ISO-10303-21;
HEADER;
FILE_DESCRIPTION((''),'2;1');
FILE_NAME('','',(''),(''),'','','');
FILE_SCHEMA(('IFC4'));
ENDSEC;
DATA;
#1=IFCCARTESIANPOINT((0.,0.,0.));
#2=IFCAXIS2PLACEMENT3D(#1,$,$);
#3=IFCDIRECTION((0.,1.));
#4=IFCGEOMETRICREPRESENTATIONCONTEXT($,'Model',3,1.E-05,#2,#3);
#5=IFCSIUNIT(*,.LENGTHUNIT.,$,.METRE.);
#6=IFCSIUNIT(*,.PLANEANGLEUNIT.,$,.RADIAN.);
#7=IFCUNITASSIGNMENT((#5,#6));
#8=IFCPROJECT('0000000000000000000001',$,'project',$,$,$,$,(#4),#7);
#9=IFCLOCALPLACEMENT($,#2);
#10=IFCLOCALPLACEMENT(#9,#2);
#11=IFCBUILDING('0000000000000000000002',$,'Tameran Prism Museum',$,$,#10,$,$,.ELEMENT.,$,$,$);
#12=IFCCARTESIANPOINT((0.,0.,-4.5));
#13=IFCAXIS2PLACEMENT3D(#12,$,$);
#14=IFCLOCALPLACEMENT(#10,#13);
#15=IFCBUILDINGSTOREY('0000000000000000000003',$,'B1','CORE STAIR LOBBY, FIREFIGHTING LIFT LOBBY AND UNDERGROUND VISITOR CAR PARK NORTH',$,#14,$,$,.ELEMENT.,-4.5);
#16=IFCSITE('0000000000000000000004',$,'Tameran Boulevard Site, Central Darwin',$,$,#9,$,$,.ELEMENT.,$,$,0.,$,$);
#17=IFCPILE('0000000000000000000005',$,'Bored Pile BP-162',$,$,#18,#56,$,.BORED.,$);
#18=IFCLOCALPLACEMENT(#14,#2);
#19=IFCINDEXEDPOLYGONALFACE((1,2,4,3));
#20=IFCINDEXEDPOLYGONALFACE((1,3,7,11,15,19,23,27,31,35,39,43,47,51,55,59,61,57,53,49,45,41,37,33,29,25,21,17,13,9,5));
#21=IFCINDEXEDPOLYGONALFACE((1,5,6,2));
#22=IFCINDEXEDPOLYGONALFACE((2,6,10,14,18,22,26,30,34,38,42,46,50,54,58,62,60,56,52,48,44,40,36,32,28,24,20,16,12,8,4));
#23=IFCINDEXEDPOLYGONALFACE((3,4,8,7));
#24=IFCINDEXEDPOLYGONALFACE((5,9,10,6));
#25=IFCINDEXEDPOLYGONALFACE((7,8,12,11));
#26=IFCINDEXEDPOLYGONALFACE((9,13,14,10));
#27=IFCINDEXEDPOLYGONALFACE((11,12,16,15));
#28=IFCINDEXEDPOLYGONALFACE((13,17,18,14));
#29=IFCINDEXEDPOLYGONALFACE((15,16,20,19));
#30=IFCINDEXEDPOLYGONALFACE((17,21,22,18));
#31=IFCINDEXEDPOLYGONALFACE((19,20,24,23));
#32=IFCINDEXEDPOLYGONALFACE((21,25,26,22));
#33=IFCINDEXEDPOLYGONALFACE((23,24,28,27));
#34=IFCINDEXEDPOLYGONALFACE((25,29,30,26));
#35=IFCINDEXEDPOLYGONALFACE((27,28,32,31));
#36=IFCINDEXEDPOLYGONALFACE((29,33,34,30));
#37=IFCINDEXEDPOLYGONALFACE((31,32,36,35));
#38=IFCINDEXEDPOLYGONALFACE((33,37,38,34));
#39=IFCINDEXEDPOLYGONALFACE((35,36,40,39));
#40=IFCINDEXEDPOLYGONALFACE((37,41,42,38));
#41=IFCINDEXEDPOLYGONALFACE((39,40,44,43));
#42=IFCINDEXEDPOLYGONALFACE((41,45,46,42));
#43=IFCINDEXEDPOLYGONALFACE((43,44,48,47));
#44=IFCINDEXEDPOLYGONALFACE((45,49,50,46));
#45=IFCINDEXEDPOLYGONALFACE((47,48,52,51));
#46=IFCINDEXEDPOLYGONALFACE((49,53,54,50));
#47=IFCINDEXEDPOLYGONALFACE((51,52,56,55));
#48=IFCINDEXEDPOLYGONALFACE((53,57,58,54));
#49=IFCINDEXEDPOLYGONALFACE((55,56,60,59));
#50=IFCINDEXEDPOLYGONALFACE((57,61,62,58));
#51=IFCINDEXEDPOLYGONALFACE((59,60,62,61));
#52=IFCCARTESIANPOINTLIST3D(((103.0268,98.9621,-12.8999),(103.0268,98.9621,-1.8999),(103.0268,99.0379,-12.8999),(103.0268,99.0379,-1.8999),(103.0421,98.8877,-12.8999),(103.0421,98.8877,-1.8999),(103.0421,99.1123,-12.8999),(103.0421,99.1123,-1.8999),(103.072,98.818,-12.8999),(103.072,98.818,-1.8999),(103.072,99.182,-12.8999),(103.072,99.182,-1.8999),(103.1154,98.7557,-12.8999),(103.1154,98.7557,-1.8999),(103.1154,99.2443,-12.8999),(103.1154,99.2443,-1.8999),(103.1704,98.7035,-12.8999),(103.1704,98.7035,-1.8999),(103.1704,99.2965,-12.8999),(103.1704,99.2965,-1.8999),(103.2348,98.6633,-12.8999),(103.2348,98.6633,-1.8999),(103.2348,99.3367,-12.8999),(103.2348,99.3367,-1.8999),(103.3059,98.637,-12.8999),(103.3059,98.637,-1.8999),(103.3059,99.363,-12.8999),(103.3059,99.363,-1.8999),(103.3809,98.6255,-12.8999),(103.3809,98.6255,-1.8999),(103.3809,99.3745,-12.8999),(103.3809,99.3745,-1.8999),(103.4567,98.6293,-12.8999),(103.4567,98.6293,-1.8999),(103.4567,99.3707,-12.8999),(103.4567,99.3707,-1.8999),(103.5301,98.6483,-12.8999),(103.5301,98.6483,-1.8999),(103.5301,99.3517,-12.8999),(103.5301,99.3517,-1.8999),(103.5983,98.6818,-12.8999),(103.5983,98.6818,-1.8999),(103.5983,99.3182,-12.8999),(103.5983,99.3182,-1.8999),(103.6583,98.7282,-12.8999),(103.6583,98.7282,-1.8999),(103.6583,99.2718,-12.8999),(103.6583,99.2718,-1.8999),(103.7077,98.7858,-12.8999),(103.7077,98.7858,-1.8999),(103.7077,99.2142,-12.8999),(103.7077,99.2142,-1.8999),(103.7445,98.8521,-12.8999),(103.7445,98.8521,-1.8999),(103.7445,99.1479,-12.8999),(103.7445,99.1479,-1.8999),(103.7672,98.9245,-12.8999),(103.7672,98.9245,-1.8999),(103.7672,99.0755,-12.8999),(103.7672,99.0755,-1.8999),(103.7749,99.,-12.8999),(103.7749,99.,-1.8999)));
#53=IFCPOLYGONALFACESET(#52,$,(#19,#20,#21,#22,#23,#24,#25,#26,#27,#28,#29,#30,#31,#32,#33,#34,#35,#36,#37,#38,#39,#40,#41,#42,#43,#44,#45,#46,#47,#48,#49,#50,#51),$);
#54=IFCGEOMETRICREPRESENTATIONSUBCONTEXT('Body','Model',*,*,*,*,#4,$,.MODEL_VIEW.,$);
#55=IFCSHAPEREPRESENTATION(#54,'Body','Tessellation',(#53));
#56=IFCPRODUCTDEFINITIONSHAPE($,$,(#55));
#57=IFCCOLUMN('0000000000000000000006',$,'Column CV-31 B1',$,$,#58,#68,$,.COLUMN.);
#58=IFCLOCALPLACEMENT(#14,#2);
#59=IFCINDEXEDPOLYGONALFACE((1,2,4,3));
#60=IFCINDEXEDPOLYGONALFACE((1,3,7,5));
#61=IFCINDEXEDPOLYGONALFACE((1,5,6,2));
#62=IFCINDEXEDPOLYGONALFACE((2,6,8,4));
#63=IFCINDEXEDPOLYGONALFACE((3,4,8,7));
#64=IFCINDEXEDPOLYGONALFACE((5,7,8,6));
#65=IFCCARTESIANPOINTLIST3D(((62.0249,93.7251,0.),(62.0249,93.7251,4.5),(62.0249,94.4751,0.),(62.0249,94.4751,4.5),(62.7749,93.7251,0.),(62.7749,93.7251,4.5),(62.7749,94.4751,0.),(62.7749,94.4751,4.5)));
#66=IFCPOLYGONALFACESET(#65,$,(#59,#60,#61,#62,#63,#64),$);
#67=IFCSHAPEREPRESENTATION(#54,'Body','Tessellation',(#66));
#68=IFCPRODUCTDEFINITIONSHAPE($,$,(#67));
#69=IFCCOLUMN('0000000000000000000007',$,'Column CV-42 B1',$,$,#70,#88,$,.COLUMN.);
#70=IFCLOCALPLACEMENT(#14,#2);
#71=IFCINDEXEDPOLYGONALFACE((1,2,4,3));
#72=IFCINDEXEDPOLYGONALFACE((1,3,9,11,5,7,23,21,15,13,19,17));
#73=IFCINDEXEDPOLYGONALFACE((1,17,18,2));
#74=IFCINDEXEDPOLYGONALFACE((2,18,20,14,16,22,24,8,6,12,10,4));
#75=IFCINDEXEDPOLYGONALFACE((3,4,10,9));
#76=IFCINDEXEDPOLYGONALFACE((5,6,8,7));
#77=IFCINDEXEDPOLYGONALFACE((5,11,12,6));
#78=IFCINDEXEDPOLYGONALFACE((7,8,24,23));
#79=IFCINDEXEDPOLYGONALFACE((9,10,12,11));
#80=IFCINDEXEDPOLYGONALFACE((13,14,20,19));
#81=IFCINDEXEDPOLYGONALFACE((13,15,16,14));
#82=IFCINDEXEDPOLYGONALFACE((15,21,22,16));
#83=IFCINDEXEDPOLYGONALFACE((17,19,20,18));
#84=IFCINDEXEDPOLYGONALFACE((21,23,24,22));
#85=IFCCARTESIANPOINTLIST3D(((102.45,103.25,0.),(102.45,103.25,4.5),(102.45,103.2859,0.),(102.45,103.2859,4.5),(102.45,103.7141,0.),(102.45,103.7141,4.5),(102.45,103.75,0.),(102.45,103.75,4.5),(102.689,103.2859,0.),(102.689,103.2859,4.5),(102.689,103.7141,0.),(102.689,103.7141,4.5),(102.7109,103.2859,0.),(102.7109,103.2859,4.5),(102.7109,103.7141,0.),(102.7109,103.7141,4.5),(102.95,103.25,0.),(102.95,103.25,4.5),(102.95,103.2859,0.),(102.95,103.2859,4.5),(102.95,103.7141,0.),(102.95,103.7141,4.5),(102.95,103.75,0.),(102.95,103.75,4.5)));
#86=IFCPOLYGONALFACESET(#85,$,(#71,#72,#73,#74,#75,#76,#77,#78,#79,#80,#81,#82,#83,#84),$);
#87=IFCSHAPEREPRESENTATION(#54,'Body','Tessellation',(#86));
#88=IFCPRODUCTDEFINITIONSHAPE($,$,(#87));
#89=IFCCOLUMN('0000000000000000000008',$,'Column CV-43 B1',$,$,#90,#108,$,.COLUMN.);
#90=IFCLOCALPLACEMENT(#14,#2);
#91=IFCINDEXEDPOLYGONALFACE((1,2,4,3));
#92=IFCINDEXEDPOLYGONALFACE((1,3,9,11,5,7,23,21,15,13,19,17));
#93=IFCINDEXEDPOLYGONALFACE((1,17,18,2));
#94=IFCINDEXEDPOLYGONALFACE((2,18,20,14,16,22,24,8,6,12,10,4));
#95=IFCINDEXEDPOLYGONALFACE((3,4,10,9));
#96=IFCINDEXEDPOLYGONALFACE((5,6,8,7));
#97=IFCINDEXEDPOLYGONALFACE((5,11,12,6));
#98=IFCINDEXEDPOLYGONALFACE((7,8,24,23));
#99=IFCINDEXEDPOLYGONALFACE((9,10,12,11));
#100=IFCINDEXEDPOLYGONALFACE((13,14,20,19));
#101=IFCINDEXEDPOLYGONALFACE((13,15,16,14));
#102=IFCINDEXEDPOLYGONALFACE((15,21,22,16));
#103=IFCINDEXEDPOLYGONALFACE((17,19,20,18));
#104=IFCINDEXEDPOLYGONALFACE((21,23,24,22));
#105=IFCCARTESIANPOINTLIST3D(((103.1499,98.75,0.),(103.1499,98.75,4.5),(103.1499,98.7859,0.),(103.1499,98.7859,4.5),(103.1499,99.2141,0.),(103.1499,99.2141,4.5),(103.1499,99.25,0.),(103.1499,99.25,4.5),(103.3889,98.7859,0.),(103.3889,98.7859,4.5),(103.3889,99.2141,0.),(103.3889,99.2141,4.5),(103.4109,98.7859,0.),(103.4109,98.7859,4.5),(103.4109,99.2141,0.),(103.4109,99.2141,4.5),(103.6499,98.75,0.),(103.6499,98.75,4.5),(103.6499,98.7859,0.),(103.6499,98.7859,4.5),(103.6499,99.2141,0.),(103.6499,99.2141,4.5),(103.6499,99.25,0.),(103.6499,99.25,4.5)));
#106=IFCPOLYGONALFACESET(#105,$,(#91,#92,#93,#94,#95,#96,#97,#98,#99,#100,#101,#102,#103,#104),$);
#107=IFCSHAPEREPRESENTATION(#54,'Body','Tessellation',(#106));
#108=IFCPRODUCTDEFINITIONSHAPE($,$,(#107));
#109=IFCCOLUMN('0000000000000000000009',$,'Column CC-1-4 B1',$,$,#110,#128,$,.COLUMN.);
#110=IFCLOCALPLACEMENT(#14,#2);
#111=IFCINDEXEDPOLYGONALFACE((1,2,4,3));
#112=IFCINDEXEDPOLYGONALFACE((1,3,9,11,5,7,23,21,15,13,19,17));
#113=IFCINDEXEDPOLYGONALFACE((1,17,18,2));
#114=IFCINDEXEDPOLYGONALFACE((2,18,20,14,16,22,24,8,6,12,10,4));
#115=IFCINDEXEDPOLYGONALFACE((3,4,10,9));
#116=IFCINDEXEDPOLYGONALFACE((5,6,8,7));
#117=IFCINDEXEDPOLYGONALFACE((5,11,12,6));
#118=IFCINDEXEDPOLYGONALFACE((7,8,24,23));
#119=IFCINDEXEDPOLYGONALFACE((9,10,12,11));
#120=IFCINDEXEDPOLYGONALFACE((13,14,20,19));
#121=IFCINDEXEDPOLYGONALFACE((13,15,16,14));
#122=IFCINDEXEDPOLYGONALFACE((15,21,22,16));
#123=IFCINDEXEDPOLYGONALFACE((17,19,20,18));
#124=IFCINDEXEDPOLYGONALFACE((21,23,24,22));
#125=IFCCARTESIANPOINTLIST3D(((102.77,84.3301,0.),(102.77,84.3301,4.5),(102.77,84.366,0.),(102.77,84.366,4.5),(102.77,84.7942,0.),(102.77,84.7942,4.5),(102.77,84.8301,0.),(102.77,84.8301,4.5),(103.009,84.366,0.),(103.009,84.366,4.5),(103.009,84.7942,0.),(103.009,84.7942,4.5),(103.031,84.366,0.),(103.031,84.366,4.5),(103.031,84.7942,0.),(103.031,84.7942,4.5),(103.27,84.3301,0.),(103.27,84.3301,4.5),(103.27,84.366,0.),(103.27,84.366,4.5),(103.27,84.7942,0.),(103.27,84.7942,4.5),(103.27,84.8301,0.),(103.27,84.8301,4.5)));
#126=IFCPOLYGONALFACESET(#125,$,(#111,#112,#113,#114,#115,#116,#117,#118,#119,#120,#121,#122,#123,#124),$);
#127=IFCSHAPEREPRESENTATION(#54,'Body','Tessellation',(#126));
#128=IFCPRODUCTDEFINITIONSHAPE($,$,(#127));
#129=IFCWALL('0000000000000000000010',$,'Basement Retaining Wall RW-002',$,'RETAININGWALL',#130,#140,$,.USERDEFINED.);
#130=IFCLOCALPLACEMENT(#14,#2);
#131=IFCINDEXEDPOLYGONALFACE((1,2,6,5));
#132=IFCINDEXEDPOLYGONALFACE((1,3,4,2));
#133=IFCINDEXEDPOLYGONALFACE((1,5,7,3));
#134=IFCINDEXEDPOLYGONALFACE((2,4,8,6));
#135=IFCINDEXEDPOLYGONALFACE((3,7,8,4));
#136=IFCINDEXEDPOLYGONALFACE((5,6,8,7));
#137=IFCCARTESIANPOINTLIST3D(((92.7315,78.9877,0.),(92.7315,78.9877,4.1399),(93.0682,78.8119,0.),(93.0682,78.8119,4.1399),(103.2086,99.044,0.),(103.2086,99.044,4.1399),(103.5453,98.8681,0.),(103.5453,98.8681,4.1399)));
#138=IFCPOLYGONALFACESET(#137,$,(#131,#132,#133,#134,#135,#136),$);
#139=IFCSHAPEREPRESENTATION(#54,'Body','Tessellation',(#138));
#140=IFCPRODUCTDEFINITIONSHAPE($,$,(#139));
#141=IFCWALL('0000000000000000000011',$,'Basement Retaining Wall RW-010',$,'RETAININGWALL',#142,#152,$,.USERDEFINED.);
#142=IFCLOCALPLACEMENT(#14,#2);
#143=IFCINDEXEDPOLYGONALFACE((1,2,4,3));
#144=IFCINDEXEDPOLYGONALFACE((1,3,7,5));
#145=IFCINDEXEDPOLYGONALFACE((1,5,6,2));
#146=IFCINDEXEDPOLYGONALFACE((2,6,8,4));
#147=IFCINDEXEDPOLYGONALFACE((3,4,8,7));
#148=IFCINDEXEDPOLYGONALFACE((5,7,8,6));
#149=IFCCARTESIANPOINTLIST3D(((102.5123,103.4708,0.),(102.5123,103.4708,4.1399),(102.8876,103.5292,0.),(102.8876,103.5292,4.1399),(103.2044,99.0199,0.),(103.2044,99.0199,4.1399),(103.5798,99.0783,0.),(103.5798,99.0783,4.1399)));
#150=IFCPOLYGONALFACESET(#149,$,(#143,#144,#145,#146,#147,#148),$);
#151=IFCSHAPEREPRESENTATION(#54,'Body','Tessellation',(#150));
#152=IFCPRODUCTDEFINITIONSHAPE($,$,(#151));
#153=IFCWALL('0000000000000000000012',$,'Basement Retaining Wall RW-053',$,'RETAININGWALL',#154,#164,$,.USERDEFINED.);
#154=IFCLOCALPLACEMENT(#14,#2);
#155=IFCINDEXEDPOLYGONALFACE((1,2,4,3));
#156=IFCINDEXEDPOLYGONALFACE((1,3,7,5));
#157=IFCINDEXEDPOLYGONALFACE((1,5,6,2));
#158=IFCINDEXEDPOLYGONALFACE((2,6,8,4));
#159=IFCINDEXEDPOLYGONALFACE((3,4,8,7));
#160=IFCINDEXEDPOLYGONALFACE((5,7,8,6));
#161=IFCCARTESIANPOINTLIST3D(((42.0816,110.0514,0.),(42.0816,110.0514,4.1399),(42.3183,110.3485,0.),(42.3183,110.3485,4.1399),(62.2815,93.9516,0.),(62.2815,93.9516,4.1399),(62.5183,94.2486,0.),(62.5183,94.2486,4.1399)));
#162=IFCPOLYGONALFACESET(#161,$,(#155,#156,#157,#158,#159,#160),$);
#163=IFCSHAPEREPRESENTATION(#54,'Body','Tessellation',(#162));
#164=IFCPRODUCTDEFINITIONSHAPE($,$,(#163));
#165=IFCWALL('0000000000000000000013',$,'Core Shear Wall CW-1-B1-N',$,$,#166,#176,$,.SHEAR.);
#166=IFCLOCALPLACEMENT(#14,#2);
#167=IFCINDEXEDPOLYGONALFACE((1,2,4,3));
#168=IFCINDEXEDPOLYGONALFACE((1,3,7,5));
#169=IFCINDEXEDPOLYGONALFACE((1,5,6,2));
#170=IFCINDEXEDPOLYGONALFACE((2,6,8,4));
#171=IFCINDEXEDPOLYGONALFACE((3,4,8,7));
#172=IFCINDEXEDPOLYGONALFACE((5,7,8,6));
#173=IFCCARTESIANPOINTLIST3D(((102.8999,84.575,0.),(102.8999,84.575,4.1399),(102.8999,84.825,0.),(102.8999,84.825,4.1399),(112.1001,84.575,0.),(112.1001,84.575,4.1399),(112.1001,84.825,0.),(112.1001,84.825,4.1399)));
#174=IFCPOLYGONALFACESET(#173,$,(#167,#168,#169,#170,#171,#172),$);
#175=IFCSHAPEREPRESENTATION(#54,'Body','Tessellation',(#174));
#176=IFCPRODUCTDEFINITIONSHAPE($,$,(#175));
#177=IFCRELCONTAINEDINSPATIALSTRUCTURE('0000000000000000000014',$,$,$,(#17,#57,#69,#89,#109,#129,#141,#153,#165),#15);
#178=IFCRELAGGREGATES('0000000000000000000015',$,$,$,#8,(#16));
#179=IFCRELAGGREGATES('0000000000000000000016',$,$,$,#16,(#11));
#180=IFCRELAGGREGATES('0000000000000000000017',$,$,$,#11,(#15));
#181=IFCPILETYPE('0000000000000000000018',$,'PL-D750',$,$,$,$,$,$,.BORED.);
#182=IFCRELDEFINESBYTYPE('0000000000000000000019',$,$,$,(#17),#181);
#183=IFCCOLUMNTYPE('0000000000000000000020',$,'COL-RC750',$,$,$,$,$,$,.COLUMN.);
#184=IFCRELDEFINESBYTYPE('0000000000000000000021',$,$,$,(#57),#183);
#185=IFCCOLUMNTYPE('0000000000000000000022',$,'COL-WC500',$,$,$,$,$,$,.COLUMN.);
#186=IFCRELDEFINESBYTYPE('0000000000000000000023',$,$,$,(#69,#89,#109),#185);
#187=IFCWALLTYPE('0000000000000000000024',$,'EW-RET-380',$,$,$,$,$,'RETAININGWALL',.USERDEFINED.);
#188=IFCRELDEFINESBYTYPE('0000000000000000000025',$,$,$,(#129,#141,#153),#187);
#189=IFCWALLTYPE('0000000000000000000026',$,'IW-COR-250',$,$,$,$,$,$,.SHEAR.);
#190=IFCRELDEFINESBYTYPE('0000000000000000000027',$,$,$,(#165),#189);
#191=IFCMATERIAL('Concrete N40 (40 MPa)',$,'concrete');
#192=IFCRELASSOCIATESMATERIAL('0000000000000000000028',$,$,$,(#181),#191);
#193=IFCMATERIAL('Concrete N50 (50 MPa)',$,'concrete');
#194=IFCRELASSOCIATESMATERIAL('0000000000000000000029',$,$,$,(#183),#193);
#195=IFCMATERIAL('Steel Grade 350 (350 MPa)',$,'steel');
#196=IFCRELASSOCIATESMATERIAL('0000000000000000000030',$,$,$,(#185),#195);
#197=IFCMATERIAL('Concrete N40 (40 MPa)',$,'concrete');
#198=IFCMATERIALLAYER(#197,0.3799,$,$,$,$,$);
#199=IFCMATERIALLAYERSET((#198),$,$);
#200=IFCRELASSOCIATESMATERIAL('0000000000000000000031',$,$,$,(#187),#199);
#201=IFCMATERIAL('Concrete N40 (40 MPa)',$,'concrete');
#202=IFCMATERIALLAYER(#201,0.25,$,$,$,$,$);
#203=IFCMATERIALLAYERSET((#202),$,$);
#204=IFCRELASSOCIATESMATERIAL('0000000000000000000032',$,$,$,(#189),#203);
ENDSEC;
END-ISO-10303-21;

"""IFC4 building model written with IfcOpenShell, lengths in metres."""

from ifc_helpers import new_model, si_unit, direction, frame, frame_2d, origin, origin_2d, place, context, subcontext, project, spatial, rectangle, circle, i_section, extrude, material, layer, layer_set, material_profile, profile_set, type_object, element, save


model = new_model("IFC4")

# Units and contexts
model_context = context("Model", 3, precision=1e-05, world=origin(), true_north=direction((0.0, 1.0)))
body_context = subcontext(model_context, "Body", "Model", "MODEL_VIEW")
ifc_project = project(units=[si_unit("LENGTHUNIT", "METRE"), si_unit("PLANEANGLEUNIT", "RADIAN")], contexts=[model_context])

# Site, building, storey
site_placement = place(None, origin())
site = spatial("IfcSite", under=ifc_project, at=site_placement, Name="Tameran Boulevard Site, Central Darwin", CompositionType="ELEMENT", RefElevation=0.0)
building_placement = place(site_placement, origin())
building = spatial("IfcBuilding", under=site, at=building_placement, Name="Tameran Prism Museum", CompositionType="ELEMENT")
storey_placement = place(building_placement, frame((0.0, 0.0, -4.5)))
storey = spatial("IfcBuildingStorey", under=building, at=storey_placement, Name="B1", Description="CORE STAIR LOBBY, FIREFIGHTING LIFT LOBBY AND UNDERGROUND VISITOR CAR PARK NORTH", CompositionType="ELEMENT", Elevation=-4.5)

# Pile
ifc_material_1 = material(Name="Concrete N40 (40 MPa)", Category="concrete")
ifc_material_profile_1 = material_profile(ifc_material_1, circle(Radius=0.375, at=origin_2d()))
ifc_profile_set_1 = profile_set([ifc_material_profile_1])
pile_type_1 = type_object("IfcPileType", Name="PL-D750", PredefinedType="BORED", material=ifc_profile_set_1)
for number, where, z_axis, x_axis, name in (
    (1, (103.3999, 99.0, -1.8999), (0.0, 0.0, -1.0), (1.0, 0.0, 0.0), "Bored Pile BP-162"),
):
    element("IfcPile", number, at=place(storey_placement, frame(where, z_axis=z_axis, x_axis=x_axis)), inside=storey, type_object=pile_type_1, Name=name, PredefinedType="BORED", context=body_context, shape_type="SweptSolid", body=[
        extrude(circle(Radius=0.375, at=origin_2d()), origin(), (0.0, 0.0, 1.0), 11.0),
    ])

# Columns
ifc_material_2 = material(Name="Concrete N50 (50 MPa)", Category="concrete")
ifc_material_profile_2 = material_profile(ifc_material_2, rectangle(XDim=0.75, YDim=0.75, at=origin_2d()))
ifc_profile_set_2 = profile_set([ifc_material_profile_2])
column_type_1 = type_object("IfcColumnType", Name="COL-RC750", PredefinedType="COLUMN", material=ifc_profile_set_2)
column_placement = place(storey_placement, frame((62.3999, 94.1001, 0.0), z_axis=(0.0, 0.0, 1.0), x_axis=(1.0, 0.0, 0.0)))
element("IfcColumn", 2, at=column_placement, inside=storey, type_object=column_type_1, Name="Column CV-31 B1", PredefinedType="COLUMN", context=body_context, shape_type="SweptSolid", body=[
    extrude(rectangle(XDim=0.75, YDim=0.75, at=origin_2d()), origin(), (0.0, 0.0, 1.0), 4.5),
])
ifc_material_3 = material(Name="Steel Grade 350 (350 MPa)", Category="steel")
ifc_material_profile_3 = material_profile(ifc_material_3, i_section(OverallWidth=0.5, OverallDepth=0.5, WebThickness=0.022, FlangeThickness=0.0359, at=origin_2d()))
ifc_profile_set_3 = profile_set([ifc_material_profile_3])
column_type_2 = type_object("IfcColumnType", Name="COL-WC500", PredefinedType="COLUMN", material=ifc_profile_set_3)
for number, where, z_axis, x_axis, name in (
    (3, (102.7, 103.5, 0.0), (0.0, 0.0, 1.0), (1.0, 0.0, 0.0), "Column CV-42 B1"),
    (4, (103.3999, 99.0, 0.0), (0.0, 0.0, 1.0), (1.0, 0.0, 0.0), "Column CV-43 B1"),
    (5, (103.02, 84.5801, 0.0), (0.0, 0.0, 1.0), (1.0, 0.0, 0.0), "Column CC-1-4 B1"),
):
    element("IfcColumn", number, at=place(storey_placement, frame(where, z_axis=z_axis, x_axis=x_axis)), inside=storey, type_object=column_type_2, Name=name, PredefinedType="COLUMN", context=body_context, shape_type="SweptSolid", body=[
        extrude(i_section(OverallWidth=0.5, OverallDepth=0.5, WebThickness=0.022, FlangeThickness=0.0359, at=origin_2d()), origin(), (0.0, 0.0, 1.0), 4.5),
    ])

# Walls
ifc_material_4 = material(Name="Concrete N40 (40 MPa)", Category="concrete")
ifc_layer_1 = layer(ifc_material_4, 0.3799)
ifc_layer_set_1 = layer_set([ifc_layer_1])
wall_type_1 = type_object("IfcWallType", Name="EW-RET-380", ElementType="RETAININGWALL", PredefinedType="USERDEFINED", material=ifc_layer_set_1)
wall_1_placement = place(storey_placement, frame((103.377, 98.9561, 0.0), z_axis=(0.0, 0.0, 1.0), x_axis=(-0.463017, -0.88635, 0.0)))
element("IfcWall", 6, at=wall_1_placement, inside=storey, type_object=wall_type_1, Name="Basement Retaining Wall RW-002", ObjectType="RETAININGWALL", PredefinedType="USERDEFINED", context=body_context, shape_type="SweptSolid", body=[
    extrude(rectangle(XDim=22.6279, YDim=0.3799, at=frame_2d((11.314, 0.0))), origin(), (0.0, 0.0, 1.0), 4.1399),
])
wall_2_placement = place(storey_placement, frame((102.7, 103.5, 0.0), z_axis=(0.0, 0.0, 1.0), x_axis=(0.153658, -0.988124, 0.0)))
element("IfcWall", 7, at=wall_2_placement, inside=storey, type_object=wall_type_1, Name="Basement Retaining Wall RW-010", ObjectType="RETAININGWALL", PredefinedType="USERDEFINED", context=body_context, shape_type="SweptSolid", body=[
    extrude(rectangle(XDim=4.5044, YDim=0.3799, at=frame_2d((2.2522, 0.0))), origin(), (0.0, 0.0, 1.0), 4.1399),
])
wall_3_placement = place(storey_placement, frame((62.3999, 94.1001, 0.0), z_axis=(0.0, 0.0, 1.0), x_axis=(-0.782003, 0.623275, 0.0)))
element("IfcWall", 8, at=wall_3_placement, inside=storey, type_object=wall_type_1, Name="Basement Retaining Wall RW-053", ObjectType="RETAININGWALL", PredefinedType="USERDEFINED", context=body_context, shape_type="SweptSolid", body=[
    extrude(rectangle(XDim=25.8311, YDim=0.3799, at=frame_2d((12.9155, 0.0))), origin(), (0.0, 0.0, 1.0), 4.1399),
])
ifc_material_5 = material(Name="Concrete N40 (40 MPa)", Category="concrete")
ifc_layer_2 = layer(ifc_material_5, 0.25)
ifc_layer_set_2 = layer_set([ifc_layer_2])
wall_type_2 = type_object("IfcWallType", Name="IW-COR-250", PredefinedType="SHEAR", material=ifc_layer_set_2)
wall_4_placement = place(storey_placement, frame((102.8999, 84.7, 0.0), z_axis=(0.0, 0.0, 1.0), x_axis=(1.0, 0.0, 0.0)))
element("IfcWall", 9, at=wall_4_placement, inside=storey, type_object=wall_type_2, Name="Core Shear Wall CW-1-B1-N", PredefinedType="SHEAR", context=body_context, shape_type="SweptSolid", body=[
    extrude(rectangle(XDim=9.2002, YDim=0.25, at=frame_2d((4.6001, 0.0))), origin(), (0.0, 0.0, 1.0), 4.1399),
])

save(model, "model.ifc")
